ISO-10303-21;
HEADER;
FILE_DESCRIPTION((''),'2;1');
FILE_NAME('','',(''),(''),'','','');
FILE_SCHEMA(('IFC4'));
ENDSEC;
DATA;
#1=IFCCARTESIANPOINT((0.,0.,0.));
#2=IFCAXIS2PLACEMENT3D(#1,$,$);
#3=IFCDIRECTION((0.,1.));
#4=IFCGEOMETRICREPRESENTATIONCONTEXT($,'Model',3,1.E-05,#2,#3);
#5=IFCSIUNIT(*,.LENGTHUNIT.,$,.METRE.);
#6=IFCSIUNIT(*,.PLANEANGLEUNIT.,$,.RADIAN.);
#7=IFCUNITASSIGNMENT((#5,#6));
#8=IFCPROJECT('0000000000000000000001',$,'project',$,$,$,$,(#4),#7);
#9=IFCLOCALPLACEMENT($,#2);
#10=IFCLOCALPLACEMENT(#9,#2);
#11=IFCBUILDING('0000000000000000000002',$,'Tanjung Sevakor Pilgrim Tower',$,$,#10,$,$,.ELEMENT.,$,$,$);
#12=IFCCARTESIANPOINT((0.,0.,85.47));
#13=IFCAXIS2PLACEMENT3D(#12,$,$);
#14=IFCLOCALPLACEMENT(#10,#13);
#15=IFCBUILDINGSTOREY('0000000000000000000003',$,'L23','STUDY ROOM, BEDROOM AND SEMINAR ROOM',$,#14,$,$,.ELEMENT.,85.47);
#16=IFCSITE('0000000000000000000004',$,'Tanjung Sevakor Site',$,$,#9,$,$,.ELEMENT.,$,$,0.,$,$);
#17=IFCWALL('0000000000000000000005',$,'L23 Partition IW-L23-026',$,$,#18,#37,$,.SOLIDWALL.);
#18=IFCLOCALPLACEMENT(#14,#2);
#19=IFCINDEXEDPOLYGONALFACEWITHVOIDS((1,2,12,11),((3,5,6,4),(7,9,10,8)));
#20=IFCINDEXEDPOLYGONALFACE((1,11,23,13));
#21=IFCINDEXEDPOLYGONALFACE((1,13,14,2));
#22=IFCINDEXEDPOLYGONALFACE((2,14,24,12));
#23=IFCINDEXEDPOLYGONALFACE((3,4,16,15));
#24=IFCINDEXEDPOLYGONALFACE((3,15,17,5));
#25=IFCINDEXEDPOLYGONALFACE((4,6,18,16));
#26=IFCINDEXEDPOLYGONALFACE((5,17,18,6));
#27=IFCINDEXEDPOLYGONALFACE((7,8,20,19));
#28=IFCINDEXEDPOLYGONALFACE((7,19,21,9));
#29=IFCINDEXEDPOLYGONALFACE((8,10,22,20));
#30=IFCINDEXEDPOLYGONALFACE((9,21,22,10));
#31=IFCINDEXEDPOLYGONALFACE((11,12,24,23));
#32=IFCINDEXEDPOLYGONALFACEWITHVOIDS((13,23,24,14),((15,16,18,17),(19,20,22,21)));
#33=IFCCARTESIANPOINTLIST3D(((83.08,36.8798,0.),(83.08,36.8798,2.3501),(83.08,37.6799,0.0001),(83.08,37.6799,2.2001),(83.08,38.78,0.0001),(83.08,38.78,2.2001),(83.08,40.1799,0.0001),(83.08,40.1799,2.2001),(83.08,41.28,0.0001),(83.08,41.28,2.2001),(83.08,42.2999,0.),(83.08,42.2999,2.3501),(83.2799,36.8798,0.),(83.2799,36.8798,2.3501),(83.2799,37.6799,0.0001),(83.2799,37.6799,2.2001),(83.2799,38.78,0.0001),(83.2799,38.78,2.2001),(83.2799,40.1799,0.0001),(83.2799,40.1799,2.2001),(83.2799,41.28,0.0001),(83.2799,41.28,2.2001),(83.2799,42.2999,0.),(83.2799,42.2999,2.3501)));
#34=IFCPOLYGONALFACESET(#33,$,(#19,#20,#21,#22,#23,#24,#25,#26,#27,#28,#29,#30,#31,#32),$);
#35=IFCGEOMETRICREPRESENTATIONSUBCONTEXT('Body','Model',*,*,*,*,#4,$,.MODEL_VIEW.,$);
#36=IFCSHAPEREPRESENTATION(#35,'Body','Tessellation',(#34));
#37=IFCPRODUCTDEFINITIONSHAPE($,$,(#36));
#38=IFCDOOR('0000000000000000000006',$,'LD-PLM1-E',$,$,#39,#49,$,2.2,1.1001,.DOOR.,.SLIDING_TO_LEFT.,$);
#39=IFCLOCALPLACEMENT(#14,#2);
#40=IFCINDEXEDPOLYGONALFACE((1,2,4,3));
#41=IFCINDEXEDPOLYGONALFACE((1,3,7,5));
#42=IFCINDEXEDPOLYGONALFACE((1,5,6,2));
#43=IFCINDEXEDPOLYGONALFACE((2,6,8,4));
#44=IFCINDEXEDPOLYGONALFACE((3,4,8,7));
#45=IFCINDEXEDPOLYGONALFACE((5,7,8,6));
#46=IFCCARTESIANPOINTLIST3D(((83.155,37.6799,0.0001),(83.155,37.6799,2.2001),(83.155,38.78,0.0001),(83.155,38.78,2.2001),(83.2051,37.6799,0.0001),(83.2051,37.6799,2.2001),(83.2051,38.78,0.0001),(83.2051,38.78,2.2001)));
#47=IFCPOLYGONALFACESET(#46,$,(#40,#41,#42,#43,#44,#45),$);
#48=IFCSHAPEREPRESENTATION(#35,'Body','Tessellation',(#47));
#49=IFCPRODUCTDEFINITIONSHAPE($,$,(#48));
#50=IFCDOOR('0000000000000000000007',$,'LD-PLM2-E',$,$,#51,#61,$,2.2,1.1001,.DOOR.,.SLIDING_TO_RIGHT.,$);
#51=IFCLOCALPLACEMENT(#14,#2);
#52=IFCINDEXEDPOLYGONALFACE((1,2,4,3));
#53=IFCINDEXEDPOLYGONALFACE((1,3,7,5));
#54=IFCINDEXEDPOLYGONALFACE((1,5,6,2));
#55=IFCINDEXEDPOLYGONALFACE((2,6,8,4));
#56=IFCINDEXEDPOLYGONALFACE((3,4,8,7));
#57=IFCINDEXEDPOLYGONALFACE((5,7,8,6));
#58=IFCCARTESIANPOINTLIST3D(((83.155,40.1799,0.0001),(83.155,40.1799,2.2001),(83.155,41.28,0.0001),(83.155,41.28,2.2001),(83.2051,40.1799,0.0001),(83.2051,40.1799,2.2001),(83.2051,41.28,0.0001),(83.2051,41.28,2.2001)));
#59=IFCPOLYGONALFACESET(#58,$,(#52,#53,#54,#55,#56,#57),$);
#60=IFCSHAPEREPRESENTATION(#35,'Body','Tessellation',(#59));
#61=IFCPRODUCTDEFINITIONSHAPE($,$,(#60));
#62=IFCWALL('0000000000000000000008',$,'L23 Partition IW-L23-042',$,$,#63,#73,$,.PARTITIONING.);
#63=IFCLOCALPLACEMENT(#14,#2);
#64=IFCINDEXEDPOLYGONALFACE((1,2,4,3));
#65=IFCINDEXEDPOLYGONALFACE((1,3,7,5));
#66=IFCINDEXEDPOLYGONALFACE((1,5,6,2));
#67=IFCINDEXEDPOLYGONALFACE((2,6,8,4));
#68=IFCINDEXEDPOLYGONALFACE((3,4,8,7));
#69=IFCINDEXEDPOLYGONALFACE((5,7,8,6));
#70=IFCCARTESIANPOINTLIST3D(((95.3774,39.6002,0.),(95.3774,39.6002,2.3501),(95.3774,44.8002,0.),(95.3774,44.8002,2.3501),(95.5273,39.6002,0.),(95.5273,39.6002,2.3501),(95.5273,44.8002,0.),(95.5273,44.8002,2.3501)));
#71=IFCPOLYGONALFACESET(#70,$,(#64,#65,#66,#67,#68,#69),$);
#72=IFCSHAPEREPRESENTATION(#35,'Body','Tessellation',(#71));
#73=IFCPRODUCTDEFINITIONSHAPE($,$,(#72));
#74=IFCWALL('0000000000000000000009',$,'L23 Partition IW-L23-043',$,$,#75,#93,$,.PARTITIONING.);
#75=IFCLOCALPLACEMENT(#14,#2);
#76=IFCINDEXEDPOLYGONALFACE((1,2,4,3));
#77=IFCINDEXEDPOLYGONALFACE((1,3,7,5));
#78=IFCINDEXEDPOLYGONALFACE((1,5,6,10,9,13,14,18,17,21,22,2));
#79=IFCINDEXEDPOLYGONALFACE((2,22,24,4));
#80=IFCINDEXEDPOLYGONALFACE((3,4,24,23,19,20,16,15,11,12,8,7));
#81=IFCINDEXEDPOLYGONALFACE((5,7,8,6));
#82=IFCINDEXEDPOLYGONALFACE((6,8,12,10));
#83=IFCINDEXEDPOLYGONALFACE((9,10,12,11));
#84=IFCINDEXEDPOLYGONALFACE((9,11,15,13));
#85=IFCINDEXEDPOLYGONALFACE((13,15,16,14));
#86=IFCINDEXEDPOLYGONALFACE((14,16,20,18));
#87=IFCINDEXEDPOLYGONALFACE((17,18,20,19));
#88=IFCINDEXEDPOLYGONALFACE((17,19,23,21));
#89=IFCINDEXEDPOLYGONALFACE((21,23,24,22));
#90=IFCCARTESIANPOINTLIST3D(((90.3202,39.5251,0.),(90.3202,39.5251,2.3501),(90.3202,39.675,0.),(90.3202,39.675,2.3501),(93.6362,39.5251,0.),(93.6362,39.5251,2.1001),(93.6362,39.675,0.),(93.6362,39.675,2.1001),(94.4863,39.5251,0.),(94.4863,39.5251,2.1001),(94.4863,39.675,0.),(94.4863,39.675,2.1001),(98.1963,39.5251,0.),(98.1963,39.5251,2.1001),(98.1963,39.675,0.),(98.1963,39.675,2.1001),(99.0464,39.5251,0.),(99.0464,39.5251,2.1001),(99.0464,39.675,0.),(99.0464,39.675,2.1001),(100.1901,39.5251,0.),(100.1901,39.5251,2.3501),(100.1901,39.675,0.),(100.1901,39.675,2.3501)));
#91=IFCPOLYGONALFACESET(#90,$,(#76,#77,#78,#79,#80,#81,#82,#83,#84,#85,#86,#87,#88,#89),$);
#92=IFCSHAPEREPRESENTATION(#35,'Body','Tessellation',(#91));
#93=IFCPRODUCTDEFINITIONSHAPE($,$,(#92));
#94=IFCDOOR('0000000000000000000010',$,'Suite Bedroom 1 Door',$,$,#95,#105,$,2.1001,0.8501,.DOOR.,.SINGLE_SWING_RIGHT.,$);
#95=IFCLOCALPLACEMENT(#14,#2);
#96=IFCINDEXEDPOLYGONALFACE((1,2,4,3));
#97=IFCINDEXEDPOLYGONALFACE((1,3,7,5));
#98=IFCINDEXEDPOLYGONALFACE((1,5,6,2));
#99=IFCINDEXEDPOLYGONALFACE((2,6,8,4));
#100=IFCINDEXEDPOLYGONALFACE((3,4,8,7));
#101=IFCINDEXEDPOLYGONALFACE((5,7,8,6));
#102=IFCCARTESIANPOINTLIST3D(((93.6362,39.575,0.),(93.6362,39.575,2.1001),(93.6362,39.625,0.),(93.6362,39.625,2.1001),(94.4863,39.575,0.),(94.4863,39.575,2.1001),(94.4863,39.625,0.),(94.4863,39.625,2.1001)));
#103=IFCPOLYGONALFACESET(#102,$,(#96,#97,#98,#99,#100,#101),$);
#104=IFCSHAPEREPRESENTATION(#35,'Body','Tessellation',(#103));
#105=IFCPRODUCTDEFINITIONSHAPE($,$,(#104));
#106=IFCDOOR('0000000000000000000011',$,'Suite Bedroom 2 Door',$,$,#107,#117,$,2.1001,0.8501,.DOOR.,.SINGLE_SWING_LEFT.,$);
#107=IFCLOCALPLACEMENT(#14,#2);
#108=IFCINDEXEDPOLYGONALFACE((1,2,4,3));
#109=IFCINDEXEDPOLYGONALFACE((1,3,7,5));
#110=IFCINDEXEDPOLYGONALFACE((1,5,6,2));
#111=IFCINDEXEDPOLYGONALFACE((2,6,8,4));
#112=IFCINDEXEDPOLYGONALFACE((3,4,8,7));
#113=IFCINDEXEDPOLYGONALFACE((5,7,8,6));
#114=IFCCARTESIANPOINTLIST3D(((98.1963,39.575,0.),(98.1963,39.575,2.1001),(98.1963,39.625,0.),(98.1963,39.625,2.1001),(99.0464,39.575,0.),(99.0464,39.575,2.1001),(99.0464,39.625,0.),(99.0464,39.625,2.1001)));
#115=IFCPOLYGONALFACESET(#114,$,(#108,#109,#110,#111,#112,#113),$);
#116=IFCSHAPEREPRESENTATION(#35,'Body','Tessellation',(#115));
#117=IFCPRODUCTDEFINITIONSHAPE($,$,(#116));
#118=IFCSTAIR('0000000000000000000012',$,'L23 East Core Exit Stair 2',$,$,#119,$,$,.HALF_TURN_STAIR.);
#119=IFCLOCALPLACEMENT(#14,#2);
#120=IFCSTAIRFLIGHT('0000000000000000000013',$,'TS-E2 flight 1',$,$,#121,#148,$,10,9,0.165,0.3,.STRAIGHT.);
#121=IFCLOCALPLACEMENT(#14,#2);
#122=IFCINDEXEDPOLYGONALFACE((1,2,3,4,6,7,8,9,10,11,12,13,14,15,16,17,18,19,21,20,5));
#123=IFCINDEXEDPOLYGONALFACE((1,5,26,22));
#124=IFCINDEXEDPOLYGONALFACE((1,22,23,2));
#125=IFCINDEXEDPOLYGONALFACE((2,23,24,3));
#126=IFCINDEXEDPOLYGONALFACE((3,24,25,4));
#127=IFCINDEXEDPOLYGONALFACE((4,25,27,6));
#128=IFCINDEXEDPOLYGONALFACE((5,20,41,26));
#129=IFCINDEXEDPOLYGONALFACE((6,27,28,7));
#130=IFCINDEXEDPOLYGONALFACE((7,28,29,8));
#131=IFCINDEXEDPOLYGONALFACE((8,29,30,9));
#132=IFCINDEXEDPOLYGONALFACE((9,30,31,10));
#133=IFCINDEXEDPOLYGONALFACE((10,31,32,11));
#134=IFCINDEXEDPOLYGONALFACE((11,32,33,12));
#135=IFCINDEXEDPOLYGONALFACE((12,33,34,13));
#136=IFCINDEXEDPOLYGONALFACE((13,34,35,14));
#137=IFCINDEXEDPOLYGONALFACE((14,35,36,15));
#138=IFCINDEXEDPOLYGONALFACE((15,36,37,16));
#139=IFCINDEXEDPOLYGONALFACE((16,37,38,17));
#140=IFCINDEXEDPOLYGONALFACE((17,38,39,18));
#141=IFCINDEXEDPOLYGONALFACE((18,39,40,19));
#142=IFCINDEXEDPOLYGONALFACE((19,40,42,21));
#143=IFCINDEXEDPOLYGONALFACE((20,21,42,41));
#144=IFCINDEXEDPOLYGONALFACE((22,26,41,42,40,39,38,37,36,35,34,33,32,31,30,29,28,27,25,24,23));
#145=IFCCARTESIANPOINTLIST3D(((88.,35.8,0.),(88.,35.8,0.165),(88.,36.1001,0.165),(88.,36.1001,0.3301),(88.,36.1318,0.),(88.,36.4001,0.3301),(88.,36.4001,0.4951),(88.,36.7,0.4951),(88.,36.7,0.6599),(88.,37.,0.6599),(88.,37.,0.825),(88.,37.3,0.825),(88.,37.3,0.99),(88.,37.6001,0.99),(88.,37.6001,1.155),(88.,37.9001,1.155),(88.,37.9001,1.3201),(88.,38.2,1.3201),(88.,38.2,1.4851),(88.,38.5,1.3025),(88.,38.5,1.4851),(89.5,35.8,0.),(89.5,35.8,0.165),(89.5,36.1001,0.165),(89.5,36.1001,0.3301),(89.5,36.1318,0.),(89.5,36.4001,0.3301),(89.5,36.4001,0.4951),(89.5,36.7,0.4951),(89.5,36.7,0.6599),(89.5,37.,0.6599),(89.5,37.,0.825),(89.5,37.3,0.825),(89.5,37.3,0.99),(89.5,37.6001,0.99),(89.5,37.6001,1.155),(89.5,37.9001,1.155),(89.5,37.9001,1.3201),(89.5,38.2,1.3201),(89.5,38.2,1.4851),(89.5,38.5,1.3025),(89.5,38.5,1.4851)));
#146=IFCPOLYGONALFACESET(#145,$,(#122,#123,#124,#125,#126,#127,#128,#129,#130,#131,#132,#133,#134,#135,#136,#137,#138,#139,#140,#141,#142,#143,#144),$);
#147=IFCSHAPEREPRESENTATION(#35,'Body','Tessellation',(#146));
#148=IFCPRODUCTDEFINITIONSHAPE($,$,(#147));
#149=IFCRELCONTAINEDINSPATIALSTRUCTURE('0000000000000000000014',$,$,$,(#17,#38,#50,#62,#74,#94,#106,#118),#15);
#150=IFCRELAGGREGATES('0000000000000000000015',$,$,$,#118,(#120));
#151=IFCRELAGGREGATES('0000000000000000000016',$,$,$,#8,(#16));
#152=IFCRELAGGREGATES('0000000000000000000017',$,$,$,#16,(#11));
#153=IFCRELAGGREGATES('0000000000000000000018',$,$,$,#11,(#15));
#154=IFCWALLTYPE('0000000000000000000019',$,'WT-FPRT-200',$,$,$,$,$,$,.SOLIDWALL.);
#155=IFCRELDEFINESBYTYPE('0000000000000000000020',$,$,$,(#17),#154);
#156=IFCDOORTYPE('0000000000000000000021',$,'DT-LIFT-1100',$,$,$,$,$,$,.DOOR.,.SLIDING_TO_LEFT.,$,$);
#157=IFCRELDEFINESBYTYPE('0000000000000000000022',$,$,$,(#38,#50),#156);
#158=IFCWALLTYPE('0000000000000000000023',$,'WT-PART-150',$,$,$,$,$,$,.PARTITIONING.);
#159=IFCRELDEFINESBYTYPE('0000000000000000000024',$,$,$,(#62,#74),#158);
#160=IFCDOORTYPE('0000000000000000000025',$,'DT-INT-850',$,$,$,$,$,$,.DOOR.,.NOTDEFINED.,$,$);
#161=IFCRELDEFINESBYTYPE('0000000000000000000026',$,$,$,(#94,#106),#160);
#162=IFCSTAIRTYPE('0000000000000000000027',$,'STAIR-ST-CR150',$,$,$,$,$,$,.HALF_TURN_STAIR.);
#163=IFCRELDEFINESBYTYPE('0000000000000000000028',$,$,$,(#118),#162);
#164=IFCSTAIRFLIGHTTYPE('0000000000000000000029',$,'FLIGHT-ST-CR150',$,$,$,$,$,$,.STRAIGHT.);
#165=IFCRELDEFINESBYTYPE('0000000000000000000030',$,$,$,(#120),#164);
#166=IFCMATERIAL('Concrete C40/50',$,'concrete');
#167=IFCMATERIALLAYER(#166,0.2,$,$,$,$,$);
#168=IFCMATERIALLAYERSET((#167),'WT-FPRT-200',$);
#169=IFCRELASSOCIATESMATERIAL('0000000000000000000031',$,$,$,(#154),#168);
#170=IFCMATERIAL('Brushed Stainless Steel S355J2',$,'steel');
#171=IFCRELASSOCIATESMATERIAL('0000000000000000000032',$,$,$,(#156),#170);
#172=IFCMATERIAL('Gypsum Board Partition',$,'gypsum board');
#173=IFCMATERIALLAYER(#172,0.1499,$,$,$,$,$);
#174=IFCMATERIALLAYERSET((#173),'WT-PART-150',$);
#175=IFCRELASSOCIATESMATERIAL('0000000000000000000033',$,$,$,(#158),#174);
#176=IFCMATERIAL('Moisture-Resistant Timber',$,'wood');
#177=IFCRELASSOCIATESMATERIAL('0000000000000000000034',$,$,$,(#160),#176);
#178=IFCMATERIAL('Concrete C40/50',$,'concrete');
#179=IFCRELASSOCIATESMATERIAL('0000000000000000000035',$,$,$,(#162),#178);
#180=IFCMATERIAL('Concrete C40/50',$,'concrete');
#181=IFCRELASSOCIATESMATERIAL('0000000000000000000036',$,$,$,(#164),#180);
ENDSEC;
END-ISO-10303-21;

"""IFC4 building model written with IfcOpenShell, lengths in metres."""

from ifc_helpers import new_model, si_unit, direction, frame, frame_2d, origin, place, context, subcontext, project, spatial, polyline, rectangle, outline, extrude, material, layer, layer_set, type_object, element, fill, aggregate, save


model = new_model("IFC4")

# Units and contexts
model_context = context("Model", 3, precision=1e-05, world=origin(), true_north=direction((0.0, 1.0)))
body_context = subcontext(model_context, "Body", "Model", "MODEL_VIEW")
ifc_project = project(units=[si_unit("LENGTHUNIT", "METRE"), si_unit("PLANEANGLEUNIT", "RADIAN")], contexts=[model_context])

# Site, building, storey
site_placement = place(None, origin())
site = spatial("IfcSite", under=ifc_project, at=site_placement, Name="Tanjung Sevakor Site", CompositionType="ELEMENT", RefElevation=0.0)
building_placement = place(site_placement, origin())
building = spatial("IfcBuilding", under=site, at=building_placement, Name="Tanjung Sevakor Pilgrim Tower", CompositionType="ELEMENT")
storey_placement = place(building_placement, frame((0.0, 0.0, 85.47)))
storey = spatial("IfcBuildingStorey", under=building, at=storey_placement, Name="L23", Description="STUDY ROOM, BEDROOM AND SEMINAR ROOM", CompositionType="ELEMENT", Elevation=85.47)

# Shared definitions
ifc_material_1 = material(Name="Concrete C40/50", Category="concrete")
ifc_layer_1 = layer(ifc_material_1, 0.2)
ifc_layer_set_1 = layer_set([ifc_layer_1], Name="WT-FPRT-200")
wall_type_1 = type_object("IfcWallType", Name="WT-FPRT-200", PredefinedType="SOLIDWALL", material=ifc_layer_set_1)

# Wall, openings, doors
wall_1_placement = place(storey_placement, frame((83.1799, 36.8799, 0.0), z_axis=(0.0, 0.0, 1.0), x_axis=(0.0, 1.0, 0.0)))
wall_1 = element("IfcWall", 1, at=wall_1_placement, inside=storey, type_object=wall_type_1, Name="L23 Partition IW-L23-026", PredefinedType="SOLIDWALL", context=body_context, shape_type="SweptSolid", body=[
    extrude(rectangle(XDim=5.4202, YDim=0.2, at=frame_2d((2.71, 0.0))), origin(), (0.0, 0.0, 1.0), 2.3501),
])
opening_1_placement = place(wall_1_placement, frame((0.8, 0.0, 0.0)))
opening_1 = element("IfcOpeningElement", 2, at=opening_1_placement, cuts=wall_1, PredefinedType="OPENING", context=body_context, shape_type="SweptSolid", body=[
    extrude(rectangle(XDim=1.1001, YDim=2.2, at=frame_2d((0.55, 1.1001))), frame((0.0, 0.1099, 0.0), z_axis=(0.0, -1.0, 0.0), x_axis=(1.0, 0.0, 0.0)), (0.0, 0.0, 1.0), 0.22),
])
opening_2_placement = place(wall_1_placement, frame((3.3, 0.0, 0.0)))
opening_2 = element("IfcOpeningElement", 3, at=opening_2_placement, cuts=wall_1, PredefinedType="OPENING", context=body_context, shape_type="SweptSolid", body=[
    extrude(rectangle(XDim=1.1001, YDim=2.2, at=frame_2d((0.55, 1.1001))), frame((0.0, 0.1099, 0.0), z_axis=(0.0, -1.0, 0.0), x_axis=(1.0, 0.0, 0.0)), (0.0, 0.0, 1.0), 0.22),
])
ifc_material_2 = material(Name="Brushed Stainless Steel S355J2", Category="steel")
door_type_1 = type_object("IfcDoorType", Name="DT-LIFT-1100", OperationType="SLIDING_TO_LEFT", PredefinedType="DOOR", material=ifc_material_2)
door_1_placement = place(opening_1_placement, origin())
door_1 = element("IfcDoor", 4, at=door_1_placement, inside=storey, type_object=door_type_1, Name="LD-PLM1-E", OperationType="SLIDING_TO_LEFT", OverallHeight=2.2, OverallWidth=1.1001, PredefinedType="DOOR", context=body_context, shape_type="SweptSolid", body=[
    extrude(rectangle(XDim=1.1001, YDim=2.2, at=frame_2d((0.55, 1.1001))), frame((0.0, 0.0249, 0.0), z_axis=(0.0, -1.0, 0.0), x_axis=(1.0, 0.0, 0.0)), (0.0, 0.0, 1.0), 0.05),
])
fill(opening_1, door_1)
door_2_placement = place(opening_2_placement, origin())
door_2 = element("IfcDoor", 5, at=door_2_placement, inside=storey, type_object=door_type_1, Name="LD-PLM2-E", OperationType="SLIDING_TO_RIGHT", OverallHeight=2.2, OverallWidth=1.1001, PredefinedType="DOOR", context=body_context, shape_type="SweptSolid", body=[
    extrude(rectangle(XDim=1.1001, YDim=2.2, at=frame_2d((0.55, 1.1001))), frame((0.0, 0.0249, 0.0), z_axis=(0.0, -1.0, 0.0), x_axis=(1.0, 0.0, 0.0)), (0.0, 0.0, 1.0), 0.05),
])
fill(opening_2, door_2)

# Wall
ifc_material_3 = material(Name="Gypsum Board Partition", Category="gypsum board")
ifc_layer_2 = layer(ifc_material_3, 0.1499)
ifc_layer_set_2 = layer_set([ifc_layer_2], Name="WT-PART-150")
wall_type_2 = type_object("IfcWallType", Name="WT-PART-150", PredefinedType="PARTITIONING", material=ifc_layer_set_2)
wall_2_placement = place(storey_placement, frame((95.4524, 39.6001, 0.0), z_axis=(0.0, 0.0, 1.0), x_axis=(0.0, 1.0, 0.0)))
element("IfcWall", 6, at=wall_2_placement, inside=storey, type_object=wall_type_2, Name="L23 Partition IW-L23-042", PredefinedType="PARTITIONING", context=body_context, shape_type="SweptSolid", body=[
    extrude(rectangle(XDim=5.2, YDim=0.1499, at=frame_2d((2.6001, 0.0))), origin(), (0.0, 0.0, 1.0), 2.3501),
])

# Wall, openings, doors
wall_3_placement = place(storey_placement, frame((90.3201, 39.6001, 0.0), z_axis=(0.0, 0.0, 1.0), x_axis=(1.0, 0.0, 0.0)))
wall_3 = element("IfcWall", 7, at=wall_3_placement, inside=storey, type_object=wall_type_2, Name="L23 Partition IW-L23-043", PredefinedType="PARTITIONING", context=body_context, shape_type="SweptSolid", body=[
    extrude(rectangle(XDim=9.8699, YDim=0.1499, at=frame_2d((4.9351, 0.0))), origin(), (0.0, 0.0, 1.0), 2.3501),
])
opening_3_placement = place(wall_3_placement, frame((3.3162, 0.0, 0.0)))
opening_3 = element("IfcOpeningElement", 8, at=opening_3_placement, cuts=wall_3, PredefinedType="OPENING", context=body_context, shape_type="SweptSolid", body=[
    extrude(rectangle(XDim=0.8501, YDim=2.1001, at=frame_2d((0.425, 1.05))), frame((0.0, 0.085, 0.0), z_axis=(0.0, -1.0, 0.0), x_axis=(1.0, 0.0, 0.0)), (0.0, 0.0, 1.0), 0.1699),
])
opening_4_placement = place(wall_3_placement, frame((7.8762, 0.0, 0.0)))
opening_4 = element("IfcOpeningElement", 9, at=opening_4_placement, cuts=wall_3, PredefinedType="OPENING", context=body_context, shape_type="SweptSolid", body=[
    extrude(rectangle(XDim=0.8501, YDim=2.1001, at=frame_2d((0.425, 1.05))), frame((0.0, 0.085, 0.0), z_axis=(0.0, -1.0, 0.0), x_axis=(1.0, 0.0, 0.0)), (0.0, 0.0, 1.0), 0.1699),
])
ifc_material_4 = material(Name="Moisture-Resistant Timber", Category="wood")
door_type_2 = type_object("IfcDoorType", Name="DT-INT-850", OperationType="NOTDEFINED", PredefinedType="DOOR", material=ifc_material_4)
door_3_placement = place(opening_3_placement, origin())
door_3 = element("IfcDoor", 10, at=door_3_placement, inside=storey, type_object=door_type_2, Name="Suite Bedroom 1 Door", OperationType="SINGLE_SWING_RIGHT", OverallHeight=2.1001, OverallWidth=0.8501, PredefinedType="DOOR", context=body_context, shape_type="SweptSolid", body=[
    extrude(rectangle(XDim=0.8501, YDim=2.1001, at=frame_2d((0.425, 1.05))), frame((0.0, 0.0249, 0.0), z_axis=(0.0, -1.0, 0.0), x_axis=(1.0, 0.0, 0.0)), (0.0, 0.0, 1.0), 0.05),
])
fill(opening_3, door_3)
door_4_placement = place(opening_4_placement, origin())
door_4 = element("IfcDoor", 11, at=door_4_placement, inside=storey, type_object=door_type_2, Name="Suite Bedroom 2 Door", OperationType="SINGLE_SWING_LEFT", OverallHeight=2.1001, OverallWidth=0.8501, PredefinedType="DOOR", context=body_context, shape_type="SweptSolid", body=[
    extrude(rectangle(XDim=0.8501, YDim=2.1001, at=frame_2d((0.425, 1.05))), frame((0.0, 0.0249, 0.0), z_axis=(0.0, -1.0, 0.0), x_axis=(1.0, 0.0, 0.0)), (0.0, 0.0, 1.0), 0.05),
])
fill(opening_4, door_4)

# Stair, stair flight
ifc_material_5 = material(Name="Concrete C40/50", Category="concrete")
stair_type = type_object("IfcStairType", Name="STAIR-ST-CR150", PredefinedType="HALF_TURN_STAIR", material=ifc_material_5)
stair_placement = place(storey_placement, origin())
stair = element("IfcStair", 12, at=stair_placement, inside=storey, type_object=stair_type, Name="L23 East Core Exit Stair 2", PredefinedType="HALF_TURN_STAIR")
ifc_material_6 = material(Name="Concrete C40/50", Category="concrete")
stair_flight_type = type_object("IfcStairFlightType", Name="FLIGHT-ST-CR150", PredefinedType="STRAIGHT", material=ifc_material_6)
stair_flight_1_placement = place(storey_placement, frame((88.75, 35.8, 0.0), z_axis=(0.0, 0.0, 1.0), x_axis=(0.0, 1.0, 0.0)))
stair_flight_1 = element("IfcStairFlight", 13, at=stair_flight_1_placement, type_object=stair_flight_type, Name="TS-E2 flight 1", NumberOfRisers=10, NumberOfTreads=9, PredefinedType="STRAIGHT", RiserHeight=0.165, TreadLength=0.3, context=body_context, shape_type="SweptSolid", body=[
    extrude(outline(polyline([(0.0, 0.0), (0.0, 0.165), (0.3, 0.165), (0.3, 0.3301), (0.6001, 0.3301), (0.6001, 0.4951), (0.8999, 0.4951), (0.8999, 0.6599), (1.2, 0.6599), (1.2, 0.825), (1.5, 0.825), (1.5, 0.99), (1.8, 0.99), (1.8, 1.155), (2.1001, 1.155), (2.1001, 1.3201), (2.3999, 1.3201), (2.3999, 1.4851), (2.7, 1.4851), (2.7, 1.6499), (2.7, 1.3025), (0.3318, 0.0), (0.0, 0.0)])), frame((0.0, 0.75, 0.0), z_axis=(0.0, -1.0, 0.0), x_axis=(1.0, 0.0, 0.0)), (0.0, 0.0, 1.0), 1.5),
])
aggregate(stair, [stair_flight_1])

save(model, "model.ifc")
